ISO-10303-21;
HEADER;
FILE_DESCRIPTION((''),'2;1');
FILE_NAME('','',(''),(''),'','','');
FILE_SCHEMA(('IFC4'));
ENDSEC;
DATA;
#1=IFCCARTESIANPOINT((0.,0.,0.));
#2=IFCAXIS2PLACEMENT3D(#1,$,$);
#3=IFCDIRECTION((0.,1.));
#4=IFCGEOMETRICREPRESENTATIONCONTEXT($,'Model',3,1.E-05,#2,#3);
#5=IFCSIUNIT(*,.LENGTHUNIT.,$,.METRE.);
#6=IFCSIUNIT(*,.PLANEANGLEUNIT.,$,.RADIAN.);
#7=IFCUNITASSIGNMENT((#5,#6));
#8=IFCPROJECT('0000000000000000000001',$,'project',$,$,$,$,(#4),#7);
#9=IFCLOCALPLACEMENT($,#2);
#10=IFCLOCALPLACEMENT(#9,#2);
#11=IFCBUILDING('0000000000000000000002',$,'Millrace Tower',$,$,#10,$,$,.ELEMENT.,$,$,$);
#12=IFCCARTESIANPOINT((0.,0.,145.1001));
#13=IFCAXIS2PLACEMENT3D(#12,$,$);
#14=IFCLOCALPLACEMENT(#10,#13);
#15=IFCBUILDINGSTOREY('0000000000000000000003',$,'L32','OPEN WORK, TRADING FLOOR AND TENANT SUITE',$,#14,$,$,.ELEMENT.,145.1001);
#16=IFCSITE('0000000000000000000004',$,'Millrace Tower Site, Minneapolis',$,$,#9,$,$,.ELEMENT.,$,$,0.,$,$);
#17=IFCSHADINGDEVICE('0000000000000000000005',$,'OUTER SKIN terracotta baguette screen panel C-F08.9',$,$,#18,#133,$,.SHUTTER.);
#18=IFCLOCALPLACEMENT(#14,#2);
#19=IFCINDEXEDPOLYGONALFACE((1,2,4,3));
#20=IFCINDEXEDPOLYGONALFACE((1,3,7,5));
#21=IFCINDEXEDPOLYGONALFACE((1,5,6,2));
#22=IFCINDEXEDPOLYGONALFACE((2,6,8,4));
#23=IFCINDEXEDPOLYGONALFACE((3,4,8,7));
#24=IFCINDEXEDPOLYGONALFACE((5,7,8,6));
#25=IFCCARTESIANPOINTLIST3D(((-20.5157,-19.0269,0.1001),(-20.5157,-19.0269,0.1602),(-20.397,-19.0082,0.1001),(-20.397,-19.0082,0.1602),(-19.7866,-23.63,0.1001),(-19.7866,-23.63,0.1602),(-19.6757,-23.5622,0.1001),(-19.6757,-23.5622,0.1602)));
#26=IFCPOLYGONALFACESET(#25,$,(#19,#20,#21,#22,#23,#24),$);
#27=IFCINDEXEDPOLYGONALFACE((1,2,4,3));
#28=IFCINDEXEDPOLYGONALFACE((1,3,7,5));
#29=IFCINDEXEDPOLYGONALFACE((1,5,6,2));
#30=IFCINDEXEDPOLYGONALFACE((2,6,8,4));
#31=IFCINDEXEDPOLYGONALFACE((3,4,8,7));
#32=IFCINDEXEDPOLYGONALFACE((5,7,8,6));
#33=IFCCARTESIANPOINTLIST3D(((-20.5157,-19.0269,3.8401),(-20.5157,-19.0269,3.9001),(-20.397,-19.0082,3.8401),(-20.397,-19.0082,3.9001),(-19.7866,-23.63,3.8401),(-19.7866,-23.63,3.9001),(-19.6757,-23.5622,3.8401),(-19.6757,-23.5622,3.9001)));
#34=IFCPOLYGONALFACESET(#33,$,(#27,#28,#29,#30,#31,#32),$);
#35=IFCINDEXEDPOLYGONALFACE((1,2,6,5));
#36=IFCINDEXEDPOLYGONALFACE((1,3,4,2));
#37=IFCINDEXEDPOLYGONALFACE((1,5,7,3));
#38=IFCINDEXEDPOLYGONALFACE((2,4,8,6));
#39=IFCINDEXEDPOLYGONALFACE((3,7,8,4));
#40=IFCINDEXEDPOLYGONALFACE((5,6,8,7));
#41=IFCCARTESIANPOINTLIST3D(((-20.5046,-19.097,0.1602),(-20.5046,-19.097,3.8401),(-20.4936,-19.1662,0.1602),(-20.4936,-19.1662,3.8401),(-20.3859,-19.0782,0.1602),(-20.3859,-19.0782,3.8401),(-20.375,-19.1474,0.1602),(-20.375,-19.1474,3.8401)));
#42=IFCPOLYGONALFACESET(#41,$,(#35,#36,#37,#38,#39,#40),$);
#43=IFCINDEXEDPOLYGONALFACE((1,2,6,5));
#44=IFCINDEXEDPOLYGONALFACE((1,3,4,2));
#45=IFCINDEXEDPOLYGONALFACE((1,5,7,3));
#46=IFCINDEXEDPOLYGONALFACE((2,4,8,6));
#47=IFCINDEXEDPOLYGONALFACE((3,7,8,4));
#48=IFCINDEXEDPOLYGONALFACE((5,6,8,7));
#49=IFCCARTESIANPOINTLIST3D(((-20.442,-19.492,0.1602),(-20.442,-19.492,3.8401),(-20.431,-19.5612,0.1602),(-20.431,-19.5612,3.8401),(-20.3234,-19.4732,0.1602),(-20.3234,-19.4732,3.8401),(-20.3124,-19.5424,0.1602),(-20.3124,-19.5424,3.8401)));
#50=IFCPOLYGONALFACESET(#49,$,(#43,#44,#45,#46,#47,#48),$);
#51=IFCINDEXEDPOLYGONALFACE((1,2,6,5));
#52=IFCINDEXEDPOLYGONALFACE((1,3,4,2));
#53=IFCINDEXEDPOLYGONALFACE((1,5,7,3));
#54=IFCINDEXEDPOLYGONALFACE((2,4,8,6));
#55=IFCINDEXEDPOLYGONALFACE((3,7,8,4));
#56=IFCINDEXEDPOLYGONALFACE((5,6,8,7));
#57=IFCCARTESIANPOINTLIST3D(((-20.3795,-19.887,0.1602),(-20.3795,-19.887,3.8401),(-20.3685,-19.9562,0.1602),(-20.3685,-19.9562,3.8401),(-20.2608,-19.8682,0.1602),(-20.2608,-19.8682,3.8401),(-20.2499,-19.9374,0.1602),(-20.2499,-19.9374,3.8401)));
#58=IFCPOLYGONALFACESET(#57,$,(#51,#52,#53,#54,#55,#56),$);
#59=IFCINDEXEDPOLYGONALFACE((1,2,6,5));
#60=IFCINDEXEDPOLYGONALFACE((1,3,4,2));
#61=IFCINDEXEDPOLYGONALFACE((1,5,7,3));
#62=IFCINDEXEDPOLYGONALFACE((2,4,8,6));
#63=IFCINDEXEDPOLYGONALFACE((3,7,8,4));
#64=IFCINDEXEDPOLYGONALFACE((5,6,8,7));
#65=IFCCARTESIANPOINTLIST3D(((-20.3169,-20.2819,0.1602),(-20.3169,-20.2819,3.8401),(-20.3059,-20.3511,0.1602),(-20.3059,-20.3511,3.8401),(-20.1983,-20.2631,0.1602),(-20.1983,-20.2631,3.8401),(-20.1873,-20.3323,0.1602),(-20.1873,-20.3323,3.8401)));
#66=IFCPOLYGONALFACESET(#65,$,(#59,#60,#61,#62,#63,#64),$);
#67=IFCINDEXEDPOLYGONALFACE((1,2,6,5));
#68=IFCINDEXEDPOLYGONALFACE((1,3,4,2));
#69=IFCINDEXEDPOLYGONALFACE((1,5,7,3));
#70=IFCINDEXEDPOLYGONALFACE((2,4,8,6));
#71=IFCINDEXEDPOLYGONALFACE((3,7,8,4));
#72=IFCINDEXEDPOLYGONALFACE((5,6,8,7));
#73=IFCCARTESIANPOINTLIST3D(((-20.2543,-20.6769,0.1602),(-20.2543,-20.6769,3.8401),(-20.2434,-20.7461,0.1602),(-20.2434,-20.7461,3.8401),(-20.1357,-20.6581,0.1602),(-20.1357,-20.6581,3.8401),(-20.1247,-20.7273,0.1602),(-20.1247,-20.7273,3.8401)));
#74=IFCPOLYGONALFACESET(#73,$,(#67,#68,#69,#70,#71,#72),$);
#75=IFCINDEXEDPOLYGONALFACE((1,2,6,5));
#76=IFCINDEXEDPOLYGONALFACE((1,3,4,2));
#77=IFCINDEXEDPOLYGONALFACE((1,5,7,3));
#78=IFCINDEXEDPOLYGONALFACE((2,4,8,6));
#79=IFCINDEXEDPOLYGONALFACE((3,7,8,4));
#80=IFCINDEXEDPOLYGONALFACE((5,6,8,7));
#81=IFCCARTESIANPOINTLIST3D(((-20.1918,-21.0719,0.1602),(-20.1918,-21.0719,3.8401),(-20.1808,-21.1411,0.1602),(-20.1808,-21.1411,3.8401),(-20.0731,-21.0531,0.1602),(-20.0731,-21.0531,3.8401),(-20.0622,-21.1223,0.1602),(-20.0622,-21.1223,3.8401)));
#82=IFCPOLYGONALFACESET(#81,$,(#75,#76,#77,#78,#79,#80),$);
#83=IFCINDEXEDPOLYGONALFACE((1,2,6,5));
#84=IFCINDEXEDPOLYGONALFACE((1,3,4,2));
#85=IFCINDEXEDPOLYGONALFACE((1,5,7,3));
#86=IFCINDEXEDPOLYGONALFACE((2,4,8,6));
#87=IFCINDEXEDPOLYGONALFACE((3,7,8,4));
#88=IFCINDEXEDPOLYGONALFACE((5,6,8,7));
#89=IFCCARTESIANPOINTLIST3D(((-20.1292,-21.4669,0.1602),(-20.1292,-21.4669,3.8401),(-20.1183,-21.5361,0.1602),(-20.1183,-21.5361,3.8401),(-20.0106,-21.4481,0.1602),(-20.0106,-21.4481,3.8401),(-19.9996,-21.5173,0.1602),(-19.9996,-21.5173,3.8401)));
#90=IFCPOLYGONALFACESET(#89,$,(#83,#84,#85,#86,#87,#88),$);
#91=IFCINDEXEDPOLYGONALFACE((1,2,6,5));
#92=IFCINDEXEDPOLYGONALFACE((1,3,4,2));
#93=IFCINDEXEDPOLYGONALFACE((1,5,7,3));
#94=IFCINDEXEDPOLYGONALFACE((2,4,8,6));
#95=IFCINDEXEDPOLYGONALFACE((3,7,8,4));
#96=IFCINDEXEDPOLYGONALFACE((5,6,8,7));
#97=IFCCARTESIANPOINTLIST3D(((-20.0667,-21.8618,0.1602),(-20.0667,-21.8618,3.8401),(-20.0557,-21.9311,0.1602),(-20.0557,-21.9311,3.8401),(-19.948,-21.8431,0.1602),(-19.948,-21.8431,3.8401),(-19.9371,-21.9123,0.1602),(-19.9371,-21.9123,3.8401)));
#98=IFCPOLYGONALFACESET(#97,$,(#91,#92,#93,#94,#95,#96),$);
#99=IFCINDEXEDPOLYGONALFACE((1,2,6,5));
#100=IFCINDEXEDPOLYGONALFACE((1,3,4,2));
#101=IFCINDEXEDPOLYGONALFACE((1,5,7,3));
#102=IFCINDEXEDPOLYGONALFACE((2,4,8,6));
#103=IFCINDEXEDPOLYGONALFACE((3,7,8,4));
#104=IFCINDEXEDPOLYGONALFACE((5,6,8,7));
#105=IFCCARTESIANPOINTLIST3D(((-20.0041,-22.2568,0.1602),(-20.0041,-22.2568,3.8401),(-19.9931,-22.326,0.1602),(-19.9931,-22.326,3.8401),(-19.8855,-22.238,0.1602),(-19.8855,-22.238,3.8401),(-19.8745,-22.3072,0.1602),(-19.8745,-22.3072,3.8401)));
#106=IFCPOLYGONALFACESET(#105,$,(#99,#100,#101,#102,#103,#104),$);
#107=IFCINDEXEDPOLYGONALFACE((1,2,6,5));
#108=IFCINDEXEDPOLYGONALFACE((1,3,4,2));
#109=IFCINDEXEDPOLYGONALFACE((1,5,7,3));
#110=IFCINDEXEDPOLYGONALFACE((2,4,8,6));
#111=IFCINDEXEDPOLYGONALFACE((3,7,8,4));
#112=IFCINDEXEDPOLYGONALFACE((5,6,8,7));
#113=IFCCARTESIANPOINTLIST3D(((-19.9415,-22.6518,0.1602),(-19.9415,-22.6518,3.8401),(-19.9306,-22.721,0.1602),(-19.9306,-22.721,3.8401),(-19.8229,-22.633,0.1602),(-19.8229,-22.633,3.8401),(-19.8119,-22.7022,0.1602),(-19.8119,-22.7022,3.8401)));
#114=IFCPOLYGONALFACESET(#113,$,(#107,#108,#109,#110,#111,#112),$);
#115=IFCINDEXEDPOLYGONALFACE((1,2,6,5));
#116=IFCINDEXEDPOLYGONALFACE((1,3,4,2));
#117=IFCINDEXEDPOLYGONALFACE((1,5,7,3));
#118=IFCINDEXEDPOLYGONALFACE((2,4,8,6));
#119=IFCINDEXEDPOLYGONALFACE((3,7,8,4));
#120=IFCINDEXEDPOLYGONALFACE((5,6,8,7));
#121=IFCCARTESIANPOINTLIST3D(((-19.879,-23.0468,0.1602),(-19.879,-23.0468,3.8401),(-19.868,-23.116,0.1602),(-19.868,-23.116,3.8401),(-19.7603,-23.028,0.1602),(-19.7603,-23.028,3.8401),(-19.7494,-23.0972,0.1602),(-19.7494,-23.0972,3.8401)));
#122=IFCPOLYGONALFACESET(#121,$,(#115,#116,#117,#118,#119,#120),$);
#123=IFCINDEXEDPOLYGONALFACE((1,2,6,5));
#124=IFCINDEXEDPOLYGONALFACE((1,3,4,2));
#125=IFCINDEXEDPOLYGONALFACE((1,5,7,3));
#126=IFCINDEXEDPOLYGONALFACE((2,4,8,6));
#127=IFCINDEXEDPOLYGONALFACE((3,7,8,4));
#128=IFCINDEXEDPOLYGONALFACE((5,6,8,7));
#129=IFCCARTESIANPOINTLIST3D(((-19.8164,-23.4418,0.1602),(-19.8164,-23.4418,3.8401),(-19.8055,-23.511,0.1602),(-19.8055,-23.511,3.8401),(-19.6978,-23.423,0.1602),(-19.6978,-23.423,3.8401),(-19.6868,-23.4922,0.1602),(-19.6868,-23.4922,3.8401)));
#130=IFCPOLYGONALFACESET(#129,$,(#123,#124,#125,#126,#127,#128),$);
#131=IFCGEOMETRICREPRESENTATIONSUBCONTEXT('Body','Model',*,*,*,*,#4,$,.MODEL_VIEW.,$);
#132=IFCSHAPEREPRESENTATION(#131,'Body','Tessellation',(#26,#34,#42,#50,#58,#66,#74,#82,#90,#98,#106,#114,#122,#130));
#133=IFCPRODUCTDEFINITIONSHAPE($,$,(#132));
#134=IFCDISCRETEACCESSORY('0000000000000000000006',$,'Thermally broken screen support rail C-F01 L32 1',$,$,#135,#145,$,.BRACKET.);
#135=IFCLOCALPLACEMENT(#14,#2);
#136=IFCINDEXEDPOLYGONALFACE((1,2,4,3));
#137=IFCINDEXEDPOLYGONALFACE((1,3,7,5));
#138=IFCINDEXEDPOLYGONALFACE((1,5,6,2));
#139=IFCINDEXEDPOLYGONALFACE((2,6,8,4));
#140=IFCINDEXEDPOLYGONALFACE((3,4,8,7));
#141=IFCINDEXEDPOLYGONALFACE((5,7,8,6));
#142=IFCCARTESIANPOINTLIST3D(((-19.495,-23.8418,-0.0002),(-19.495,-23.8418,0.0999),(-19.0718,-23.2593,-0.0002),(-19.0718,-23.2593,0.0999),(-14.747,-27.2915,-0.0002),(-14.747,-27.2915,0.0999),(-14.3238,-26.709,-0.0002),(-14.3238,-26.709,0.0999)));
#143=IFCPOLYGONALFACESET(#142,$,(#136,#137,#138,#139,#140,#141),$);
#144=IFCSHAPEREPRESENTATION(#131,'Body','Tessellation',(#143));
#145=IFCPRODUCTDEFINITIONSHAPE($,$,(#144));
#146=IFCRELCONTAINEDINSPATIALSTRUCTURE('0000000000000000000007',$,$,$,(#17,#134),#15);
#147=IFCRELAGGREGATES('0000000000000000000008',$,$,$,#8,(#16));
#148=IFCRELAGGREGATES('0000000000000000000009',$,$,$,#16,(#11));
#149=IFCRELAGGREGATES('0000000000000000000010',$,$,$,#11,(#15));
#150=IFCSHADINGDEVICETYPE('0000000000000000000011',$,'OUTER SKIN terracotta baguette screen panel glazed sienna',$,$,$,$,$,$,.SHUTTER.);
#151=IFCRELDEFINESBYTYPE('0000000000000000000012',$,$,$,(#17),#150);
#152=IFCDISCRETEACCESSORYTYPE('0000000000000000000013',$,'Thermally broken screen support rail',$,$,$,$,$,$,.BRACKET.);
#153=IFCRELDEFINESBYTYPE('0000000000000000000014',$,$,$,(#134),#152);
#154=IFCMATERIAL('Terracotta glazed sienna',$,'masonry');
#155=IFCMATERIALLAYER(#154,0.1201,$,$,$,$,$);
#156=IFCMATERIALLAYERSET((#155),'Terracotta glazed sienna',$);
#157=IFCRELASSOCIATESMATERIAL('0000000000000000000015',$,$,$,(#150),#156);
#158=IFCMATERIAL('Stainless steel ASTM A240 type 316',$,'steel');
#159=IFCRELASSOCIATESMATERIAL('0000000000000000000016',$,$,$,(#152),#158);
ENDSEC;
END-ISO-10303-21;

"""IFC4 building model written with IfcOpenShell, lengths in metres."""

from ifc_helpers import new_model, entity, si_unit, direction, frame, frame_2d, origin, origin_2d, place, context, subcontext, project, spatial, rectangle, extrude, source, transform, mapped, material, layer, layer_set, type_object, element, save


model = new_model("IFC4")

# Units and contexts
model_context = context("Model", 3, precision=1e-05, world=origin(), true_north=direction((0.0, 1.0)))
body_context = subcontext(model_context, "Body", "Model", "MODEL_VIEW")
ifc_project = project(units=[si_unit("LENGTHUNIT", "METRE"), si_unit("PLANEANGLEUNIT", "RADIAN")], contexts=[model_context])

# Site, building, storey
site_placement = place(None, origin())
site = spatial("IfcSite", under=ifc_project, at=site_placement, Name="Millrace Tower Site, Minneapolis", CompositionType="ELEMENT", RefElevation=0.0)
building_placement = place(site_placement, origin())
building = spatial("IfcBuilding", under=site, at=building_placement, Name="Millrace Tower", CompositionType="ELEMENT")
storey_placement = place(building_placement, frame((0.0, 0.0, 145.1001)))
storey = spatial("IfcBuildingStorey", under=building, at=storey_placement, Name="L32", Description="OPEN WORK, TRADING FLOOR AND TENANT SUITE", CompositionType="ELEMENT", Elevation=145.1001)

# Shading device
ifc_material_1 = material(Name="Terracotta glazed sienna", Category="masonry")
ifc_layer_1 = layer(ifc_material_1, 0.1201)
ifc_layer_set_1 = layer_set([ifc_layer_1], Name="Terracotta glazed sienna")
shading_device_type = type_object("IfcShadingDeviceType", Name="OUTER SKIN terracotta baguette screen panel glazed sienna", PredefinedType="SHUTTER", material=ifc_layer_set_1)
cartesian_point_1 = entity("IfcCartesianPoint", [-2.3179, 0.0601])
shared_polyline_1 = entity("IfcPolyline", [cartesian_point_1, entity("IfcCartesianPoint", [2.293, 0.0601]), entity("IfcCartesianPoint", [2.3425, -0.0601]), entity("IfcCartesianPoint", [-2.3179, -0.0601]), cartesian_point_1])
shared_shape_1 = source(origin(), body_context, "Body", "SweptSolid", [
    entity("IfcExtrudedAreaSolid", entity("IfcArbitraryClosedProfileDef", "AREA", None, shared_polyline_1), entity("IfcAxis2Placement3D", entity("IfcCartesianPoint", [0.0, 0.0, 0.0])), entity("IfcDirection", [0.0, 0.0, 1.0]), 0.0601),
    entity("IfcExtrudedAreaSolid", entity("IfcArbitraryClosedProfileDef", "AREA", None, shared_polyline_1), entity("IfcAxis2Placement3D", entity("IfcCartesianPoint", [0.0, 0.0, 3.74])), entity("IfcDirection", [0.0, 0.0, 1.0]), 0.0601),
    extrude(rectangle(XDim=0.0701, YDim=0.1201, at=frame_2d((-2.2119, 0.0))), frame((0.0, 0.0, 0.0601)), (0.0, 0.0, 1.0), 3.6799),
    extrude(rectangle(XDim=0.0701, YDim=0.1201, at=frame_2d((-1.812, 0.0))), frame((0.0, 0.0, 0.0601)), (0.0, 0.0, 1.0), 3.6799),
    extrude(rectangle(XDim=0.0701, YDim=0.1201, at=frame_2d((-1.4121, 0.0))), frame((0.0, 0.0, 0.0601)), (0.0, 0.0, 1.0), 3.6799),
    extrude(rectangle(XDim=0.0701, YDim=0.1201, at=frame_2d((-1.0122, 0.0))), frame((0.0, 0.0, 0.0601)), (0.0, 0.0, 1.0), 3.6799),
    extrude(rectangle(XDim=0.0701, YDim=0.1201, at=frame_2d((-0.6123, 0.0))), frame((0.0, 0.0, 0.0601)), (0.0, 0.0, 1.0), 3.6799),
    extrude(rectangle(XDim=0.0701, YDim=0.1201, at=frame_2d((-0.2124, 0.0))), frame((0.0, 0.0, 0.0601)), (0.0, 0.0, 1.0), 3.6799),
    extrude(rectangle(XDim=0.0701, YDim=0.1201, at=frame_2d((0.1875, 0.0))), frame((0.0, 0.0, 0.0601)), (0.0, 0.0, 1.0), 3.6799),
    extrude(rectangle(XDim=0.0701, YDim=0.1201, at=frame_2d((0.5874, 0.0))), frame((0.0, 0.0, 0.0601)), (0.0, 0.0, 1.0), 3.6799),
    extrude(rectangle(XDim=0.0701, YDim=0.1201, at=frame_2d((0.9873, 0.0))), frame((0.0, 0.0, 0.0601)), (0.0, 0.0, 1.0), 3.6799),
    extrude(rectangle(XDim=0.0701, YDim=0.1201, at=frame_2d((1.3872, 0.0))), frame((0.0, 0.0, 0.0601)), (0.0, 0.0, 1.0), 3.6799),
    extrude(rectangle(XDim=0.0701, YDim=0.1201, at=frame_2d((1.7871, 0.0))), frame((0.0, 0.0, 0.0601)), (0.0, 0.0, 1.0), 3.6799),
    extrude(rectangle(XDim=0.0701, YDim=0.1201, at=frame_2d((2.187, 0.0))), frame((0.0, 0.0, 0.0601)), (0.0, 0.0, 1.0), 3.6799),
])
shading_device_1_placement = place(storey_placement, frame((-20.0938, -21.3069, 0.1001), z_axis=(0.0, 0.0, 1.0), x_axis=(0.156434, -0.987688, 0.0)))
element("IfcShadingDevice", 1, at=shading_device_1_placement, inside=storey, type_object=shading_device_type, Name="OUTER SKIN terracotta baguette screen panel C-F08.9", PredefinedType="SHUTTER", context=body_context, shape_type="MappedRepresentation", body=[
    mapped(shared_shape_1, transform((0.0, 0.0, 0.0), scale=1.0)),
])

# Discrete accessory
ifc_material_2 = material(Name="Stainless steel ASTM A240 type 316", Category="steel")
discrete_accessory_type = type_object("IfcDiscreteAccessoryType", Name="Thermally broken screen support rail", PredefinedType="BRACKET", material=ifc_material_2)
discrete_accessory_placement = place(storey_placement, frame((-16.9094, -25.2754, -0.0002), z_axis=(0.0, 0.0, 1.0), x_axis=(0.809017, -0.587785, 0.0)))
element("IfcDiscreteAccessory", 2, at=discrete_accessory_placement, inside=storey, type_object=discrete_accessory_type, Name="Thermally broken screen support rail C-F01 L32 1", PredefinedType="BRACKET", context=body_context, shape_type="SweptSolid", body=[
    extrude(rectangle(XDim=5.8689, YDim=0.72, at=origin_2d()), origin(), (0.0, 0.0, 1.0), 0.1001),
])

save(model, "model.ifc")
